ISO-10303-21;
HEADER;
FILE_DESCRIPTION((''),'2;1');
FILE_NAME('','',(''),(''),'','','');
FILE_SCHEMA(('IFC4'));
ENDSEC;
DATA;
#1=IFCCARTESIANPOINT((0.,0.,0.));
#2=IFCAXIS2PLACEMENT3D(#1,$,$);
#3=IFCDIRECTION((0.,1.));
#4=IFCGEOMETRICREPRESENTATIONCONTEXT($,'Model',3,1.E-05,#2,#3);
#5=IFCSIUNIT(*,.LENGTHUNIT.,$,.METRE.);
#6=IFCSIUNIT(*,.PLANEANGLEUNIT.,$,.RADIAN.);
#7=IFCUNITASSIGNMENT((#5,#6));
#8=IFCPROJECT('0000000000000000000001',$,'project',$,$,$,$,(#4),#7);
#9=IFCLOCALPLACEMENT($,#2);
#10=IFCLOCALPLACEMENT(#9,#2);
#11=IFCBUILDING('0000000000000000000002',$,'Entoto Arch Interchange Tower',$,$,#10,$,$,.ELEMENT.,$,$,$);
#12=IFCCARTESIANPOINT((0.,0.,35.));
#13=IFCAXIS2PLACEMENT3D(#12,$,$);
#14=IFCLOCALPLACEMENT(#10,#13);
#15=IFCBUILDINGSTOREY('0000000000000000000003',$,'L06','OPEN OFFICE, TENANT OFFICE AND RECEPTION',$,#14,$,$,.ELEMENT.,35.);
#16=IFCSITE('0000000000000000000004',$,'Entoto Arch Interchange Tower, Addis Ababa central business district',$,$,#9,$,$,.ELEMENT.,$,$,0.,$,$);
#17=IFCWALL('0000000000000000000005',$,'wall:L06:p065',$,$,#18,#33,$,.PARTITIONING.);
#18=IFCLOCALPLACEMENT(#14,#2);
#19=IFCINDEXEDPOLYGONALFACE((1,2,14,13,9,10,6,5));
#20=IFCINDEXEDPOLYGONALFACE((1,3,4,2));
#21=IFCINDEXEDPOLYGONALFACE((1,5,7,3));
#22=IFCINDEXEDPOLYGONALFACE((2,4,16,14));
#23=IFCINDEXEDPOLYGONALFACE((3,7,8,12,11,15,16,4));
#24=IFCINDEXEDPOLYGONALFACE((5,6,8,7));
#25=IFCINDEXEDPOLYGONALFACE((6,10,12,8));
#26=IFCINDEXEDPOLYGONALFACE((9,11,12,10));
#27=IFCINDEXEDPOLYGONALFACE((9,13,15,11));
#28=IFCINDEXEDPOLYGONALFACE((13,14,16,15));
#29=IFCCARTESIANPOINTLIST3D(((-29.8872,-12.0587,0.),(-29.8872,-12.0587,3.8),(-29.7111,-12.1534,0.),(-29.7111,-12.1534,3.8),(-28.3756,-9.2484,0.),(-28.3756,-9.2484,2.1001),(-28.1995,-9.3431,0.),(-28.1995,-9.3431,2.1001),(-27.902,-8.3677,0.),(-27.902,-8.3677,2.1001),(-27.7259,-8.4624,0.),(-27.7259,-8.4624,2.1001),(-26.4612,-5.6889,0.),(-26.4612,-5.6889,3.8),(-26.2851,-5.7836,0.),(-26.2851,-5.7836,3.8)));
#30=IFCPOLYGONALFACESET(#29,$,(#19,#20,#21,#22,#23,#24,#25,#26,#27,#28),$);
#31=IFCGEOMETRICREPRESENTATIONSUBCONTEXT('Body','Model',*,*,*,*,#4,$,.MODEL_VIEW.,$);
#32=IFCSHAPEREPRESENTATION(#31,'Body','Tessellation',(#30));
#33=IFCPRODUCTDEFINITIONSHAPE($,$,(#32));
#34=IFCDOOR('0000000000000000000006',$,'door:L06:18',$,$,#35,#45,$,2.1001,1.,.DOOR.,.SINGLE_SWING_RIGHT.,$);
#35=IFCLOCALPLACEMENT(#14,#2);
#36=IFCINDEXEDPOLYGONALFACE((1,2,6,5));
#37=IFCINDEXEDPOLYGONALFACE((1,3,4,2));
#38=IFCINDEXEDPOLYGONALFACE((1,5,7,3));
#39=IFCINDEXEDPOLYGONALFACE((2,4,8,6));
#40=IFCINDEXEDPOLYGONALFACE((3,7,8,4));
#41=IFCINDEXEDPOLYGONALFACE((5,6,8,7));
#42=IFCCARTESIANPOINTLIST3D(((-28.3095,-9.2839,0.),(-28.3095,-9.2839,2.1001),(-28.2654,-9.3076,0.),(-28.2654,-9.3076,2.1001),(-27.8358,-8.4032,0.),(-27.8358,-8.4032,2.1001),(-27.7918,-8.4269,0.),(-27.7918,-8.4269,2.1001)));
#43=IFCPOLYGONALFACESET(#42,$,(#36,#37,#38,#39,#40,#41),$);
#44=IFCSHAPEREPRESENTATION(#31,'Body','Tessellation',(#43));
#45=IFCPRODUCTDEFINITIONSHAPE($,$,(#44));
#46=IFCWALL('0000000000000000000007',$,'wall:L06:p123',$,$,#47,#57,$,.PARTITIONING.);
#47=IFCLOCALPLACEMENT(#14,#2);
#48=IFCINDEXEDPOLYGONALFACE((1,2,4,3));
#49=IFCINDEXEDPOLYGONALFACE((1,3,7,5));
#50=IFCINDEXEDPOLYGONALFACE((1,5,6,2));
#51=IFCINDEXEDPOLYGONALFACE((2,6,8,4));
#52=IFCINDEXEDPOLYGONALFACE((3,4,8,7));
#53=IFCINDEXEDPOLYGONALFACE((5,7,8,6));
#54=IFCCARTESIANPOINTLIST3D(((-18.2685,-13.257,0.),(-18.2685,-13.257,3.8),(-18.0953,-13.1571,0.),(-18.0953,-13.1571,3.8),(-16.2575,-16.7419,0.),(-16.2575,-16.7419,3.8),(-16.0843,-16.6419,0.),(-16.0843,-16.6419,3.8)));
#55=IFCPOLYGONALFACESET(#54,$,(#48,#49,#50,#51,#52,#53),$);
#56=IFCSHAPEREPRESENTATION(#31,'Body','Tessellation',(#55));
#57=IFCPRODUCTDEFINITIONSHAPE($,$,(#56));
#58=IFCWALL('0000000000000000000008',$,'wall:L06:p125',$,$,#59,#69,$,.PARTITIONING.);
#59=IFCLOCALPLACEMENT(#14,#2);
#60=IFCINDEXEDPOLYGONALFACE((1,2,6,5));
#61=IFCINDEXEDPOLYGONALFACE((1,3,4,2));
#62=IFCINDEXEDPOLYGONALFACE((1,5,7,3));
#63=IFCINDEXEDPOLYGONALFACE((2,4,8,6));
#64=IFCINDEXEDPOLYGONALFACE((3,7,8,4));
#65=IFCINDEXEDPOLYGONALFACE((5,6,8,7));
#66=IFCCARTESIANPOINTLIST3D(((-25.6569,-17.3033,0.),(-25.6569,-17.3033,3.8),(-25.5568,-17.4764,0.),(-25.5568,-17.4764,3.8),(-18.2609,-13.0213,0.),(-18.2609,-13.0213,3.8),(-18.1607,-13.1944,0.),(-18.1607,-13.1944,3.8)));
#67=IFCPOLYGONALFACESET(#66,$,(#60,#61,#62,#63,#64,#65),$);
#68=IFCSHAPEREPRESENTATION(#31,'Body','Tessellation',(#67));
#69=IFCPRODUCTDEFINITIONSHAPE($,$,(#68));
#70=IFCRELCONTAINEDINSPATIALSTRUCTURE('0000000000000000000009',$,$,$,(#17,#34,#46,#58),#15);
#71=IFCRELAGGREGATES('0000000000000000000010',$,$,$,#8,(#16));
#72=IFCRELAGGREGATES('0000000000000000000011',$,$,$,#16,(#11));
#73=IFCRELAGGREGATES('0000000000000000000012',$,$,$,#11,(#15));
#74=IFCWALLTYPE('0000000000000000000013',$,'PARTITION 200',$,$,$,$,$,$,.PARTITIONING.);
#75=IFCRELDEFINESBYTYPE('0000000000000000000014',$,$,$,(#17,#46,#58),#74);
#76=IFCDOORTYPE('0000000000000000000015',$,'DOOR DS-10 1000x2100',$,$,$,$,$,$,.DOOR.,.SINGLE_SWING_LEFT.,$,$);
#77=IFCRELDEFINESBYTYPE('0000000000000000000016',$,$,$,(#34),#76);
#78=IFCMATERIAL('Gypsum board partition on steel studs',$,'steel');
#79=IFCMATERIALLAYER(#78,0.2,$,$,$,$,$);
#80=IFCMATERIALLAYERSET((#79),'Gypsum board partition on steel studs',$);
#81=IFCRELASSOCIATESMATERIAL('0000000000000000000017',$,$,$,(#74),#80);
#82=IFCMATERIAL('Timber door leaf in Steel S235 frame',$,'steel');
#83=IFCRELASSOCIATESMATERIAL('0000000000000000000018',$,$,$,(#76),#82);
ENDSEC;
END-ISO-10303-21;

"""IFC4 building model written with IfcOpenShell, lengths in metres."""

from ifc_helpers import new_model, si_unit, direction, frame, frame_2d, origin, place, context, subcontext, project, spatial, rectangle, extrude, material, layer, layer_set, type_object, element, fill, save


model = new_model("IFC4")

# Units and contexts
model_context = context("Model", 3, precision=1e-05, world=origin(), true_north=direction((0.0, 1.0)))
body_context = subcontext(model_context, "Body", "Model", "MODEL_VIEW")
ifc_project = project(units=[si_unit("LENGTHUNIT", "METRE"), si_unit("PLANEANGLEUNIT", "RADIAN")], contexts=[model_context])

# Site, building, storey
site_placement = place(None, origin())
site = spatial("IfcSite", under=ifc_project, at=site_placement, Name="Entoto Arch Interchange Tower, Addis Ababa central business district", CompositionType="ELEMENT", RefElevation=0.0)
building_placement = place(site_placement, origin())
building = spatial("IfcBuilding", under=site, at=building_placement, Name="Entoto Arch Interchange Tower", CompositionType="ELEMENT")
storey_placement = place(building_placement, frame((0.0, 0.0, 35.0)))
storey = spatial("IfcBuildingStorey", under=building, at=storey_placement, Name="L06", Description="OPEN OFFICE, TENANT OFFICE AND RECEPTION", CompositionType="ELEMENT", Elevation=35.0)

# Shared definitions
ifc_material_1 = material(Name="Gypsum board partition on steel studs", Category="steel")
ifc_layer_1 = layer(ifc_material_1, 0.2)
ifc_layer_set_1 = layer_set([ifc_layer_1], Name="Gypsum board partition on steel studs")
wall_type_1 = type_object("IfcWallType", Name="PARTITION 200", PredefinedType="PARTITIONING", material=ifc_layer_set_1)

# Shared definitions
ifc_material_2 = material(Name="Timber door leaf in Steel S235 frame", Category="steel")
door_type = type_object("IfcDoorType", Name="DOOR DS-10 1000x2100", OperationType="SINGLE_SWING_LEFT", PredefinedType="DOOR", material=ifc_material_2)

# Wall, opening, door
wall_1_placement = place(storey_placement, frame((-29.7991, -12.106, 0.0), z_axis=(0.0, 0.0, 1.0), x_axis=(0.473681, 0.880696, 0.0)))
wall_1 = element("IfcWall", 1, at=wall_1_placement, inside=storey, type_object=wall_type_1, Name="wall:L06:p065", PredefinedType="PARTITIONING", context=body_context, shape_type="SweptSolid", body=[
    extrude(rectangle(XDim=7.2327, YDim=0.2, at=frame_2d((3.6162, 0.0))), origin(), (0.0, 0.0, 1.0), 3.8),
])
opening_1_placement = place(wall_1_placement, frame((3.1909, 0.0, 0.0)))
opening_1 = element("IfcOpeningElement", 2, at=opening_1_placement, cuts=wall_1, PredefinedType="OPENING", context=body_context, shape_type="SweptSolid", body=[
    extrude(rectangle(XDim=1.0, YDim=2.1001, at=frame_2d((0.5, 1.05))), frame((0.0, 0.1099, 0.0), z_axis=(0.0, -1.0, 0.0), x_axis=(1.0, 0.0, 0.0)), (0.0, 0.0, 1.0), 0.22),
])
door_1_placement = place(opening_1_placement, origin())
door_1 = element("IfcDoor", 3, at=door_1_placement, inside=storey, type_object=door_type, Name="door:L06:18", OperationType="SINGLE_SWING_RIGHT", OverallHeight=2.1001, OverallWidth=1.0, PredefinedType="DOOR", context=body_context, shape_type="SweptSolid", body=[
    extrude(rectangle(XDim=1.0, YDim=2.1001, at=frame_2d((0.5, 1.05))), frame((0.0, 0.0249, 0.0), z_axis=(0.0, -1.0, 0.0), x_axis=(1.0, 0.0, 0.0)), (0.0, 0.0, 1.0), 0.05),
])
fill(opening_1, door_1)

# Walls
wall_2_placement = place(storey_placement, frame((-16.1709, -16.6919, 0.0), z_axis=(0.0, 0.0, 1.0), x_axis=(-0.499814, 0.866133, 0.0)))
element("IfcWall", 4, at=wall_2_placement, inside=storey, type_object=wall_type_1, Name="wall:L06:p123", PredefinedType="PARTITIONING", context=body_context, shape_type="SweptSolid", body=[
    extrude(rectangle(XDim=4.0234, YDim=0.2, at=frame_2d((2.0117, 0.0))), origin(), (0.0, 0.0, 1.0), 3.8),
])
wall_3_placement = place(storey_placement, frame((-18.2109, -13.1079, 0.0), z_axis=(0.0, 0.0, 1.0), x_axis=(-0.865422, -0.501044, 0.0)))
element("IfcWall", 5, at=wall_3_placement, inside=storey, type_object=wall_type_1, Name="wall:L06:p125", PredefinedType="PARTITIONING", context=body_context, shape_type="SweptSolid", body=[
    extrude(rectangle(XDim=8.5461, YDim=0.2, at=frame_2d((4.2729, 0.0))), origin(), (0.0, 0.0, 1.0), 3.8),
])

save(model, "model.ifc")
